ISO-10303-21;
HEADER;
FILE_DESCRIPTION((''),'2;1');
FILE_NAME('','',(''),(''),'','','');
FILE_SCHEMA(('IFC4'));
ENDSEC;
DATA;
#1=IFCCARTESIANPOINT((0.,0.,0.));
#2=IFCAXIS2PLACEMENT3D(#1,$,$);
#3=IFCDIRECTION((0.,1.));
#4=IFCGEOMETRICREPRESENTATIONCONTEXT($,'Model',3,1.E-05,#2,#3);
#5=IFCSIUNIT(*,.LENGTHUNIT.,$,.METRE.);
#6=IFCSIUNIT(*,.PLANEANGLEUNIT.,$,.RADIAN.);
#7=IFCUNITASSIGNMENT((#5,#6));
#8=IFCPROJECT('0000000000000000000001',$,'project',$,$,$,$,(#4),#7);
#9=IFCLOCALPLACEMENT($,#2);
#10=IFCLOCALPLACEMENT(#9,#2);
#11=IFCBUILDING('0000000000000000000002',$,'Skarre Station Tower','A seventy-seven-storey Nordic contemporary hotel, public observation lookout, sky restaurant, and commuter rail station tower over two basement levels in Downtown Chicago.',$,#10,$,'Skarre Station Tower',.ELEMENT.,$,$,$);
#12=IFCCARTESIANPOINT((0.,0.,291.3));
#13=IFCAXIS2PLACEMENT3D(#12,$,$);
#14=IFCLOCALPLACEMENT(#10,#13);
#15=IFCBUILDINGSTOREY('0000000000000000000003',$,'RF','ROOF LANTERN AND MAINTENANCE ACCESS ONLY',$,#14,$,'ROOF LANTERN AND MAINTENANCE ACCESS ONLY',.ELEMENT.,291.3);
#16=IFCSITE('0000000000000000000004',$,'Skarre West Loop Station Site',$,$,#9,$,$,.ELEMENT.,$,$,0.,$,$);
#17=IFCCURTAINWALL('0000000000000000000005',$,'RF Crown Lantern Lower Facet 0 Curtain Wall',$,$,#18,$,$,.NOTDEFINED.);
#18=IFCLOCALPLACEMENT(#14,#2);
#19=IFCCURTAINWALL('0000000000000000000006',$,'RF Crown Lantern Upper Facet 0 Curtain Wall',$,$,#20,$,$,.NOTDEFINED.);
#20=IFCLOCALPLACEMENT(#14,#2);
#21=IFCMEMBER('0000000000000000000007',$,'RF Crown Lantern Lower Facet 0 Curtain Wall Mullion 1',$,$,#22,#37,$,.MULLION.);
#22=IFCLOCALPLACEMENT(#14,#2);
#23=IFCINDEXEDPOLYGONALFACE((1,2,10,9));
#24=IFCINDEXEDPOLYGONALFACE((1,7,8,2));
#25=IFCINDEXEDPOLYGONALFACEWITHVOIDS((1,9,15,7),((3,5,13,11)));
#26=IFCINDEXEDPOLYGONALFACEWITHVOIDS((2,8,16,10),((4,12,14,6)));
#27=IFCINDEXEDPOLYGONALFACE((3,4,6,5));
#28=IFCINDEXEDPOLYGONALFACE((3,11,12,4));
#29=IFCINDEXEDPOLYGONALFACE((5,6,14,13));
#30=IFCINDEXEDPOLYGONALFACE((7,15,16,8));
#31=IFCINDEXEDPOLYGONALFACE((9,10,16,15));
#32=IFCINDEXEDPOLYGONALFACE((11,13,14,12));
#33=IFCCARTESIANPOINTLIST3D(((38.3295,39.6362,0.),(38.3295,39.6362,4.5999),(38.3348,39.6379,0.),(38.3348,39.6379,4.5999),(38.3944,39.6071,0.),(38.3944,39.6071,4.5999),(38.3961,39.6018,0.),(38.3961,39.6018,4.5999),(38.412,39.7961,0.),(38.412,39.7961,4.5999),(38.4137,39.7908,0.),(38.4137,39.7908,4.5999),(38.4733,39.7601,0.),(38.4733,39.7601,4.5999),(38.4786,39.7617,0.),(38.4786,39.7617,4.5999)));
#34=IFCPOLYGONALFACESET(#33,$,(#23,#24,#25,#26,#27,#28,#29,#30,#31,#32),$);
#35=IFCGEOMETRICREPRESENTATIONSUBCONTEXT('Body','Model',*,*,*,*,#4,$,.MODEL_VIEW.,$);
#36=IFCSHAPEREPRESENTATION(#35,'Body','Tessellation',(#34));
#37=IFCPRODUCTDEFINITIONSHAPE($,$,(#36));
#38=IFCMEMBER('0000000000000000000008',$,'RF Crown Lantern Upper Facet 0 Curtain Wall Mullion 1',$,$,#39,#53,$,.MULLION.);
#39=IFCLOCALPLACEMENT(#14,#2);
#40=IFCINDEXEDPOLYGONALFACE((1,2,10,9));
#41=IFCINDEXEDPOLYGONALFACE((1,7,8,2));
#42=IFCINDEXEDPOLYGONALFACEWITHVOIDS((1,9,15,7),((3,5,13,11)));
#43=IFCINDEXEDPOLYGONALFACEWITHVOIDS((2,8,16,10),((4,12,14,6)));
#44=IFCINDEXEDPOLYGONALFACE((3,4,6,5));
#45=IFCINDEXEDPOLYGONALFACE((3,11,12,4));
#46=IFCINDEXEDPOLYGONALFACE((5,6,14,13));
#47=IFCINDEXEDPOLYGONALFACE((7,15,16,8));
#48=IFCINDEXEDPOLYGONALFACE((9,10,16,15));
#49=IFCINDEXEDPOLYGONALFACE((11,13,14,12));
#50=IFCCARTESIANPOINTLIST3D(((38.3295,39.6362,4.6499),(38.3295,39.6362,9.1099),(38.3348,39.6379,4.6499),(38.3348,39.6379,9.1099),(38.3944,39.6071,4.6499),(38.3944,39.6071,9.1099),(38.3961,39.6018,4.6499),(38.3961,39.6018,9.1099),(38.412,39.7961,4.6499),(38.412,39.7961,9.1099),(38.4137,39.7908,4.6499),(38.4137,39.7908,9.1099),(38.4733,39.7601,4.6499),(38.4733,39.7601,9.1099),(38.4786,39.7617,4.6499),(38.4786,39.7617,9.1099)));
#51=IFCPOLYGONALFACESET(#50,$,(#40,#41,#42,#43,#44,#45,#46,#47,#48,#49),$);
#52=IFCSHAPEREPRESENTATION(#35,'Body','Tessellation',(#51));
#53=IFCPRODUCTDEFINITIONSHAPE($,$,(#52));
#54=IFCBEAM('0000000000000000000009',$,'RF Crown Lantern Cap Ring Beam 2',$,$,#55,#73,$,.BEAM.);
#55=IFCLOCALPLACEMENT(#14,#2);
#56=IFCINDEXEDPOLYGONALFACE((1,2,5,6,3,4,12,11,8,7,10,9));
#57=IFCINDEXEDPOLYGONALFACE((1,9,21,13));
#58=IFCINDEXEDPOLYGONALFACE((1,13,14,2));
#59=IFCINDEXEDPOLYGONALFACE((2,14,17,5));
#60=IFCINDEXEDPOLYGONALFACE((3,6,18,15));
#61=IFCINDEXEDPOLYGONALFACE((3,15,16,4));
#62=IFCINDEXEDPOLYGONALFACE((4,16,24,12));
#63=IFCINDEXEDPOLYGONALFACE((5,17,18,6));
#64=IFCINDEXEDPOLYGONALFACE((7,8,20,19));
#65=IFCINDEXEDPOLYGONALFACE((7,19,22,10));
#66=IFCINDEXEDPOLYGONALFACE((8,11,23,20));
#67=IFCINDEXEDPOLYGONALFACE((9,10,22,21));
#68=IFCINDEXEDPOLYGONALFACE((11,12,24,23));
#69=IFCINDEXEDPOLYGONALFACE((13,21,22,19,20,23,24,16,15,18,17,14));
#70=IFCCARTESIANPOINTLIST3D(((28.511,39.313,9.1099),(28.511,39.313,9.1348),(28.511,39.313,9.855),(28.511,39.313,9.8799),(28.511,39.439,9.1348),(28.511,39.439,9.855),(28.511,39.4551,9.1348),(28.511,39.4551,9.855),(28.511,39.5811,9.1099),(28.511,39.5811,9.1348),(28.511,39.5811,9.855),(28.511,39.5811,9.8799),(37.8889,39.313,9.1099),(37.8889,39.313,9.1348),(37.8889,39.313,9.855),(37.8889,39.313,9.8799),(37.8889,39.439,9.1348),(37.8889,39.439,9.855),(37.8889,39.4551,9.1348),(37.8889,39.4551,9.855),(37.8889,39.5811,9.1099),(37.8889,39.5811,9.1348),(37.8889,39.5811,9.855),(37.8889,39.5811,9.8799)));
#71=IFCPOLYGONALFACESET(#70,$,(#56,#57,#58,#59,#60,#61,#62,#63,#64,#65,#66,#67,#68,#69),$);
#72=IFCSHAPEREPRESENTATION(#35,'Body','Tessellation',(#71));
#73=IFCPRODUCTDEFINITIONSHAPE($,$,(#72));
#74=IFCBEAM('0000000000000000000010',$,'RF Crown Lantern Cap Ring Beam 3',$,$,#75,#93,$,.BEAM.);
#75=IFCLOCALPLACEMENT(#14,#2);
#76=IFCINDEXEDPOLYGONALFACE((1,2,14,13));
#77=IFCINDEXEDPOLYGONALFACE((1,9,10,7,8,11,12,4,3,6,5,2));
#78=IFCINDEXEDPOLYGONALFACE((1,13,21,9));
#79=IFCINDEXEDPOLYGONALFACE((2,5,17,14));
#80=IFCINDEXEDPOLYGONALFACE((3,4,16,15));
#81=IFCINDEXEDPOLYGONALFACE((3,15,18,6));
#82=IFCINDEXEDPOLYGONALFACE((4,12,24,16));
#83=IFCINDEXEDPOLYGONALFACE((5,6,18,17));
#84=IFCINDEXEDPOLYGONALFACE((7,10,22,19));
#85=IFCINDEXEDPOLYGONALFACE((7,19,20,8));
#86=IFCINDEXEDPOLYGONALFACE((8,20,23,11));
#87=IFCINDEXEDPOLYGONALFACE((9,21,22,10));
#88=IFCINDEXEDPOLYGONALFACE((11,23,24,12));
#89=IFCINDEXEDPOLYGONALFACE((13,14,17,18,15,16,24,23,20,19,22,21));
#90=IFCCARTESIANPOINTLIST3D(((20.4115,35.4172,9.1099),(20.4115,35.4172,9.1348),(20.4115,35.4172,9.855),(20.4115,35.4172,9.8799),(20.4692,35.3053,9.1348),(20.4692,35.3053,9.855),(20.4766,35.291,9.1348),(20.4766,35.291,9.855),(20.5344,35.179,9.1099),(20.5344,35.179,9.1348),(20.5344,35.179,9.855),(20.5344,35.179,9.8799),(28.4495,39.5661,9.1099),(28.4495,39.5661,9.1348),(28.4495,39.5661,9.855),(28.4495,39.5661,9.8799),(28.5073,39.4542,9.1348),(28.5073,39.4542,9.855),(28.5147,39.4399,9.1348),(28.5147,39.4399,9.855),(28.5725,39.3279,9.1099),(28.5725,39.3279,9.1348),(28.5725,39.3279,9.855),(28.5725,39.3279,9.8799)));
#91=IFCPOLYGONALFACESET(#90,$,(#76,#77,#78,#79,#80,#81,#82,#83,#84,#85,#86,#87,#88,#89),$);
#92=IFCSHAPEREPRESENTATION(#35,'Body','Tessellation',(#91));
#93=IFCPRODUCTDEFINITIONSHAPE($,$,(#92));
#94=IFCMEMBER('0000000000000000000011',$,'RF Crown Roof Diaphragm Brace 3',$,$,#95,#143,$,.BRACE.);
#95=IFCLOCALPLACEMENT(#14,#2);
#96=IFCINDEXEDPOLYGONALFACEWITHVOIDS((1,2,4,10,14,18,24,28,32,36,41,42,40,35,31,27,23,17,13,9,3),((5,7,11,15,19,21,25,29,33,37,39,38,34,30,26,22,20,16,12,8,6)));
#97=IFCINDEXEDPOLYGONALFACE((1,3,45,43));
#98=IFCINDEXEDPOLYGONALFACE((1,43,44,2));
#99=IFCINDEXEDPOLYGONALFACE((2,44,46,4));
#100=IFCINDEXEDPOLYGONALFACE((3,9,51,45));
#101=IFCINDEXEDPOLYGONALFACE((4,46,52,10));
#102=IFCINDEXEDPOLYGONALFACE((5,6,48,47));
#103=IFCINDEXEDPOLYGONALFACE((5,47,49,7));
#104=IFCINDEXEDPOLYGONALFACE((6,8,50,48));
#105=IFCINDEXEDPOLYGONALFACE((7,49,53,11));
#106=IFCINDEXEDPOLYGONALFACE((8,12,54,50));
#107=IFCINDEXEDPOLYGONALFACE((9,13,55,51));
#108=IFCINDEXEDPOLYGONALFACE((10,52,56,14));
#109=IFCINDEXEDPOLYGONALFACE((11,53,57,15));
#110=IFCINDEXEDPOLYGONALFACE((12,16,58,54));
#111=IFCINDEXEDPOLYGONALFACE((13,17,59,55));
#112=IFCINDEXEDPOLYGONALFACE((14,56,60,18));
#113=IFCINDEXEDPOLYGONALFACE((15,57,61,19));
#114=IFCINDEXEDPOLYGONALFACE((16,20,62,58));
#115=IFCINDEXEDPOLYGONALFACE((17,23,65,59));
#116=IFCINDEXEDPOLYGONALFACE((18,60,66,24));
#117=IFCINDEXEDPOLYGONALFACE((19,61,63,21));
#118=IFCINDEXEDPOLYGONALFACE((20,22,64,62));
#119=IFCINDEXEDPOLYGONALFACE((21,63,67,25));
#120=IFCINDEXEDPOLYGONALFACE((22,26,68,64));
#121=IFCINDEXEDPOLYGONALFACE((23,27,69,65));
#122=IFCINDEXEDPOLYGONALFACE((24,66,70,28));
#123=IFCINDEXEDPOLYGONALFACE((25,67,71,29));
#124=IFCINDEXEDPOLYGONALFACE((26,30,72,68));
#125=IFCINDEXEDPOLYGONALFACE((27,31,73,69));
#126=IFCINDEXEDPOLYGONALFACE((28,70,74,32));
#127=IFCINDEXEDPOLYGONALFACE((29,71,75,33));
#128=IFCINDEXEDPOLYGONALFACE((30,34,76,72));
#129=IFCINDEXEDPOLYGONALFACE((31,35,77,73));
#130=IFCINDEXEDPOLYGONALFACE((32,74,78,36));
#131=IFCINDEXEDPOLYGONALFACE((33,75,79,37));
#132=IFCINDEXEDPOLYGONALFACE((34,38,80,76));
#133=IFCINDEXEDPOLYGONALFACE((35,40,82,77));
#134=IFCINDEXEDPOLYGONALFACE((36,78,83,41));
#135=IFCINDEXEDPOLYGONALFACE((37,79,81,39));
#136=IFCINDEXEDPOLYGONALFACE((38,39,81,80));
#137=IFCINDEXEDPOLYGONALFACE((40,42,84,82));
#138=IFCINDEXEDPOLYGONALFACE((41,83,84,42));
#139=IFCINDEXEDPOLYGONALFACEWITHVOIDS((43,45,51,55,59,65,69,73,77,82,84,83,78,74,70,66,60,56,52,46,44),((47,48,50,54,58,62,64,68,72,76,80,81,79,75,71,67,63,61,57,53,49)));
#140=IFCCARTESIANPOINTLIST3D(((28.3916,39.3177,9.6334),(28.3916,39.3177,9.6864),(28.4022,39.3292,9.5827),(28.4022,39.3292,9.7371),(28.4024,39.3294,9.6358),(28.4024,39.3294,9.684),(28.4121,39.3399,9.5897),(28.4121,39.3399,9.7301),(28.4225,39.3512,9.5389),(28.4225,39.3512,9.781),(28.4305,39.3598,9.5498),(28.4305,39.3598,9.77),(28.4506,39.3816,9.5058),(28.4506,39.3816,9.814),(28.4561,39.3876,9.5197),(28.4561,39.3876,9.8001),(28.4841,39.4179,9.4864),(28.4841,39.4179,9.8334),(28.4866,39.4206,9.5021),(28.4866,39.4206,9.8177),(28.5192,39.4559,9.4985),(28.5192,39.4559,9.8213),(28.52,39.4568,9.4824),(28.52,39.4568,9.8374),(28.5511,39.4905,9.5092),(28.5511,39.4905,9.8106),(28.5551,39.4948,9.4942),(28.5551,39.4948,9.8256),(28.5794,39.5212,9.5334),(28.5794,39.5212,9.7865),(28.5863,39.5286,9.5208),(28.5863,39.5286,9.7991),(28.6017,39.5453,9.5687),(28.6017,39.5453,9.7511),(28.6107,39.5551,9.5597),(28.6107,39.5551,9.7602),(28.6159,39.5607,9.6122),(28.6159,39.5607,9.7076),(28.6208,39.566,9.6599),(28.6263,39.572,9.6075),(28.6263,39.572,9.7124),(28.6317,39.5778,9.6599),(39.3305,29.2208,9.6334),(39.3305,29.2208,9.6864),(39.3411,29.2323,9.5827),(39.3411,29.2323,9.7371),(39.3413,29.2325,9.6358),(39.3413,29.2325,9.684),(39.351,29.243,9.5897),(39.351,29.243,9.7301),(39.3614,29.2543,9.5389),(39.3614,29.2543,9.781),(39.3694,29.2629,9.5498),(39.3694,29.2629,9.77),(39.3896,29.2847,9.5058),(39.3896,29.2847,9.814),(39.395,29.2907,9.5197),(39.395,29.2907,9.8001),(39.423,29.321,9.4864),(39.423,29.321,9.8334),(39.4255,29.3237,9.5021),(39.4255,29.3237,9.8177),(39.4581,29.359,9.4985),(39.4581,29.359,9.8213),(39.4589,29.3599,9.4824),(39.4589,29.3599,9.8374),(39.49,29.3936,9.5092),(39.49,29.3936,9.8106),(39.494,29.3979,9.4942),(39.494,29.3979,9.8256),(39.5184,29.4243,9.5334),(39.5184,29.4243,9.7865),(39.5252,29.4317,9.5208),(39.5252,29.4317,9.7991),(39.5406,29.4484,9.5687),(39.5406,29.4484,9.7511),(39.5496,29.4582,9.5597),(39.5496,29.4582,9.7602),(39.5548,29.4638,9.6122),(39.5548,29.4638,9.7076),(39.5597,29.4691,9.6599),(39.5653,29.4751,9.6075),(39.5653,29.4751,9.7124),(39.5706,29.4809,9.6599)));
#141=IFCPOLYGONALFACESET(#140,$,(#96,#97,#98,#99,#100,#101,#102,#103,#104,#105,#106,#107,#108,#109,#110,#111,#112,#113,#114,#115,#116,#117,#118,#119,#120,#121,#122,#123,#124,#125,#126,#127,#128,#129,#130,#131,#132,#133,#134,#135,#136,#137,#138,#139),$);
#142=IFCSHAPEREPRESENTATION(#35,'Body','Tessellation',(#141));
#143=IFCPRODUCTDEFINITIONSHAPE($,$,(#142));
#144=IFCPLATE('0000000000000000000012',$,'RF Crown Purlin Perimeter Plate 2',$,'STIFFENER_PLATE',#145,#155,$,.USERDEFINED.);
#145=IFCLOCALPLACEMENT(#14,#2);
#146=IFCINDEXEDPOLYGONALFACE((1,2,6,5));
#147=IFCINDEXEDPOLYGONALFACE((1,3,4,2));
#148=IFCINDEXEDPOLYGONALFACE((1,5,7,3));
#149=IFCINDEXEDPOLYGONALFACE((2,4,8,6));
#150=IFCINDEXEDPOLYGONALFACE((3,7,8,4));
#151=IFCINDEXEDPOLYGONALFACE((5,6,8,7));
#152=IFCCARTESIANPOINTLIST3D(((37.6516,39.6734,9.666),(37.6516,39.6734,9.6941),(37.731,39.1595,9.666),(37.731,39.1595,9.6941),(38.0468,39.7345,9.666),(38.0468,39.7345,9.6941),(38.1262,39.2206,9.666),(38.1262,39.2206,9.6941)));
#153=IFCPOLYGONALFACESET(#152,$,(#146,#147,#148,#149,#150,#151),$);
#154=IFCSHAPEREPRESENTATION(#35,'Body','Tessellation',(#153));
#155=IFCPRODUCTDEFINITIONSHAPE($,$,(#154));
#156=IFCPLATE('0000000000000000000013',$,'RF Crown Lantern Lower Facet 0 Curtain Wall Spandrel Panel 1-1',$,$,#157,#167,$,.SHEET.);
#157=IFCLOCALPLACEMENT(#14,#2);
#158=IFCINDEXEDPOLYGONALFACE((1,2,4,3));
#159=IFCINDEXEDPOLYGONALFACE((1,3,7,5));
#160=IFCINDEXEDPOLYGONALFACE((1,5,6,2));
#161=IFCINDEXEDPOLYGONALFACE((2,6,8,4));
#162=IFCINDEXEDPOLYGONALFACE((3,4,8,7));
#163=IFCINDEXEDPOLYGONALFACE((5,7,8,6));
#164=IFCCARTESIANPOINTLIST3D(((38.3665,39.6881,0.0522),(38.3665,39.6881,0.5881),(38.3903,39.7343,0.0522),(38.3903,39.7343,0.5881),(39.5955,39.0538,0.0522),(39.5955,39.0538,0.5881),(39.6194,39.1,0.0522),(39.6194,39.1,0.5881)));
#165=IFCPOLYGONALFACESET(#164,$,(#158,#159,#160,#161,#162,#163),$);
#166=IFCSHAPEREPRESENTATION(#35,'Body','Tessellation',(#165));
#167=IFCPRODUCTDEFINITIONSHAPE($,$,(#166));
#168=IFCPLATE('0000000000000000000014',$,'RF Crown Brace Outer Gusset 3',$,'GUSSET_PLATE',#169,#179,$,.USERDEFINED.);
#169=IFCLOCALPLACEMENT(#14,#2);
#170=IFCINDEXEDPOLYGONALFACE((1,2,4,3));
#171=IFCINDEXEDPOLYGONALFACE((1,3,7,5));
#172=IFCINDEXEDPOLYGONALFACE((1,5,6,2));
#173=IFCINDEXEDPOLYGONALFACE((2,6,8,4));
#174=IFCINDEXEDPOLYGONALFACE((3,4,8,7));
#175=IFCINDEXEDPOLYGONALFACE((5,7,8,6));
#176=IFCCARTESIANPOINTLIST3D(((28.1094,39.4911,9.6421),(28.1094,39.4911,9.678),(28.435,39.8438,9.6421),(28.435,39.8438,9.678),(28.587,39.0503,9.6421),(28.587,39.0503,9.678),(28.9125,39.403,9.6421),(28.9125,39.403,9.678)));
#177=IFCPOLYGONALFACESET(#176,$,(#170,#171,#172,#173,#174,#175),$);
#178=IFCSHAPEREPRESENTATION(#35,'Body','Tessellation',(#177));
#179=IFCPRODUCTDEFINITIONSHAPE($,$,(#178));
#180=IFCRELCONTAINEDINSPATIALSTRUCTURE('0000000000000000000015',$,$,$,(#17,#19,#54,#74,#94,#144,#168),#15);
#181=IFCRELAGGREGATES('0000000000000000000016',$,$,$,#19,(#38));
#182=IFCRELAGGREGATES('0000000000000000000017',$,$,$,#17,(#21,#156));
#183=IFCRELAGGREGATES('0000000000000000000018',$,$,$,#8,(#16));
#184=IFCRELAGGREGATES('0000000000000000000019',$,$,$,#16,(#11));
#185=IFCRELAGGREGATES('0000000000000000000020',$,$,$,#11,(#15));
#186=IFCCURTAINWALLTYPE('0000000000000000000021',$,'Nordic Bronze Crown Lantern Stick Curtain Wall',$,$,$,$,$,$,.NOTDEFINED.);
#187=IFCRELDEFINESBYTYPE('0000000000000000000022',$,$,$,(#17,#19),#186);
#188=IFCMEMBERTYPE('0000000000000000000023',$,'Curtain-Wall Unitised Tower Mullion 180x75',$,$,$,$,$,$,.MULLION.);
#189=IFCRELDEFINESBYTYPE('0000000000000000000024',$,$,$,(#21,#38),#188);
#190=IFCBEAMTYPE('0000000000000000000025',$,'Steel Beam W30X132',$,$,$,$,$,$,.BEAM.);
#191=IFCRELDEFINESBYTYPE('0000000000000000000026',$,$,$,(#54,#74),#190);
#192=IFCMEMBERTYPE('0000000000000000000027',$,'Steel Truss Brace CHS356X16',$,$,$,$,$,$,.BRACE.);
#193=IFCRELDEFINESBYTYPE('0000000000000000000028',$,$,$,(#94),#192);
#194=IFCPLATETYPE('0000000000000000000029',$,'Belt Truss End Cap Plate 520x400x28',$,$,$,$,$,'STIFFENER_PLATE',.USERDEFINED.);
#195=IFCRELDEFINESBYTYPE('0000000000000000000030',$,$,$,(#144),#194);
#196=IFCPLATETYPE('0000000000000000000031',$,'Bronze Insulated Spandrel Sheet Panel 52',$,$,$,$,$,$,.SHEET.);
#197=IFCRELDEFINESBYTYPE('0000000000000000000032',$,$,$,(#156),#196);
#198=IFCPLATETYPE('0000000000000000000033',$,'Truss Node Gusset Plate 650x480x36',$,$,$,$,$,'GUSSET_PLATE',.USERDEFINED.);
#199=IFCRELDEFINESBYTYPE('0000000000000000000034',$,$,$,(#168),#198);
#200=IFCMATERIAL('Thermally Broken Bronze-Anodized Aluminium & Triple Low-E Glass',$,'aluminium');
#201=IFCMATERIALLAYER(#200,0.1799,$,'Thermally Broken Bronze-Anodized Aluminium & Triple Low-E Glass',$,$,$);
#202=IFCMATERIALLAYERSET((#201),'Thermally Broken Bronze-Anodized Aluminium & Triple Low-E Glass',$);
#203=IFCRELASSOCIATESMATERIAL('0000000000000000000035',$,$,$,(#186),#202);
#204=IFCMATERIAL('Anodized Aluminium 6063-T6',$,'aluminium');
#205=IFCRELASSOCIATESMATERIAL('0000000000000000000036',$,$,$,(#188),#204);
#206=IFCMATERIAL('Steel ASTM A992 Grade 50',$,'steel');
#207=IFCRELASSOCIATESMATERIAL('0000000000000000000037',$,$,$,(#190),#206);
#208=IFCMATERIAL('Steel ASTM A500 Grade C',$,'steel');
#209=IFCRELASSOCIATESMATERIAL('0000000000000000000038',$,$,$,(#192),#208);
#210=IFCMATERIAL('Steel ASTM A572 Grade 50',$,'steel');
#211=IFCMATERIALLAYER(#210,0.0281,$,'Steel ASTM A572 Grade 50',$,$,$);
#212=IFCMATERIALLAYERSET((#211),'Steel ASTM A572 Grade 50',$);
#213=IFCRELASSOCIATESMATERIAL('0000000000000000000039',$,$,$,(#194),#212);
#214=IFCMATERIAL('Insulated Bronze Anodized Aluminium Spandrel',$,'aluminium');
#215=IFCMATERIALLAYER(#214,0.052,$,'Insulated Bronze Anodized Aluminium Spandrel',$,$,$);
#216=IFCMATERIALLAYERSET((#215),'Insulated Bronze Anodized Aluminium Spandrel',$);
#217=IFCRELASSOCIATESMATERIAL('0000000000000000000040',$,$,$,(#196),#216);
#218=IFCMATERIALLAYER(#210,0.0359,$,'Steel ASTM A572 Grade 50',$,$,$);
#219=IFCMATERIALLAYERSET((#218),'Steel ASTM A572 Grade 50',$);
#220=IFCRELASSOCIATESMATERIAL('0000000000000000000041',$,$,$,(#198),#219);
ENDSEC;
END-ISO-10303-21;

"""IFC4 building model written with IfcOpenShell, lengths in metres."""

from ifc_helpers import new_model, si_unit, direction, frame, origin, origin_2d, place, context, subcontext, project, spatial, rectangle, hollow_rectangle, hollow_circle, i_section, extrude, material, layer, layer_set, material_profile, profile_set, type_object, element, aggregate, save


model = new_model("IFC4")

# Units and contexts
model_context = context("Model", 3, precision=1e-05, world=origin(), true_north=direction((0.0, 1.0)))
body_context = subcontext(model_context, "Body", "Model", "MODEL_VIEW")
ifc_project = project(units=[si_unit("LENGTHUNIT", "METRE"), si_unit("PLANEANGLEUNIT", "RADIAN")], contexts=[model_context])

# Site, building, storey
site_placement = place(None, origin())
site = spatial("IfcSite", under=ifc_project, at=site_placement, Name="Skarre West Loop Station Site", CompositionType="ELEMENT", RefElevation=0.0)
building_placement = place(site_placement, origin())
building = spatial("IfcBuilding", under=site, at=building_placement, Name="Skarre Station Tower", Description="A seventy-seven-storey Nordic contemporary hotel, public observation lookout, sky restaurant, and commuter rail station tower over two basement levels in Downtown Chicago.", LongName="Skarre Station Tower", CompositionType="ELEMENT")
storey_placement = place(building_placement, frame((0.0, 0.0, 291.3)))
storey = spatial("IfcBuildingStorey", under=building, at=storey_placement, Name="RF", Description="ROOF LANTERN AND MAINTENANCE ACCESS ONLY", LongName="ROOF LANTERN AND MAINTENANCE ACCESS ONLY", CompositionType="ELEMENT", Elevation=291.3)

# Curtain walls
ifc_material_1 = material(Name="Thermally Broken Bronze-Anodized Aluminium & Triple Low-E Glass", Category="aluminium")
ifc_layer_1 = layer(ifc_material_1, 0.1799, Name="Thermally Broken Bronze-Anodized Aluminium & Triple Low-E Glass")
ifc_layer_set_1 = layer_set([ifc_layer_1], Name="Thermally Broken Bronze-Anodized Aluminium & Triple Low-E Glass")
curtain_wall_type = type_object("IfcCurtainWallType", Name="Nordic Bronze Crown Lantern Stick Curtain Wall", PredefinedType="NOTDEFINED", material=ifc_layer_set_1)
curtain_wall_1_placement = place(storey_placement, origin())
curtain_wall_1 = element("IfcCurtainWall", 1, at=curtain_wall_1_placement, inside=storey, type_object=curtain_wall_type, Name="RF Crown Lantern Lower Facet 0 Curtain Wall", PredefinedType="NOTDEFINED")
ifc_material_2 = material(Name="Anodized Aluminium 6063-T6", Category="aluminium")
curtain_wall_2_placement = place(storey_placement, origin())
curtain_wall_2 = element("IfcCurtainWall", 2, at=curtain_wall_2_placement, inside=storey, type_object=curtain_wall_type, Name="RF Crown Lantern Upper Facet 0 Curtain Wall", PredefinedType="NOTDEFINED")

# Members
ifc_material_profile_1 = material_profile(ifc_material_2, hollow_rectangle(XDim=0.075, YDim=0.1799, WallThickness=0.0039, at=origin_2d()), Name="Anodized Aluminium 6063-T6")
ifc_profile_set_1 = profile_set([ifc_material_profile_1], Name="Anodized Aluminium 6063-T6")
member_type_1 = type_object("IfcMemberType", Name="Curtain-Wall Unitised Tower Mullion 180x75", PredefinedType="MULLION", material=ifc_profile_set_1)
member_1_placement = place(storey_placement, frame((38.4041, 39.699, 0.0), z_axis=(0.0, 0.0, 1.0), x_axis=(0.888649, -0.458588, 0.0)))
member_1 = element("IfcMember", 3, at=member_1_placement, type_object=member_type_1, Name="RF Crown Lantern Lower Facet 0 Curtain Wall Mullion 1", PredefinedType="MULLION", context=body_context, shape_type="SweptSolid", body=[
    extrude(hollow_rectangle(XDim=0.075, YDim=0.1799, WallThickness=0.0039, at=origin_2d()), origin(), (0.0, 0.0, 1.0), 4.5999),
])
member_2_placement = place(storey_placement, frame((38.4041, 39.699, 4.6499), z_axis=(0.0, 0.0, 1.0), x_axis=(0.888649, -0.458588, 0.0)))
member_2 = element("IfcMember", 4, at=member_2_placement, type_object=member_type_1, Name="RF Crown Lantern Upper Facet 0 Curtain Wall Mullion 1", PredefinedType="MULLION", context=body_context, shape_type="SweptSolid", body=[
    extrude(hollow_rectangle(XDim=0.075, YDim=0.1799, WallThickness=0.0039, at=origin_2d()), origin(), (0.0, 0.0, 1.0), 4.46),
])
aggregate(curtain_wall_2, [member_2])

# Beams
ifc_material_3 = material(Name="Steel ASTM A992 Grade 50", Category="steel")
ifc_material_profile_2 = material_profile(ifc_material_3, i_section(OverallWidth=0.2681, OverallDepth=0.77, WebThickness=0.0161, FlangeThickness=0.0249, at=origin_2d()), Name="Steel ASTM A992 Grade 50")
ifc_profile_set_2 = profile_set([ifc_material_profile_2], Name="Steel ASTM A992 Grade 50")
beam_type = type_object("IfcBeamType", Name="Steel Beam W30X132", PredefinedType="BEAM", material=ifc_profile_set_2)
beam_1_placement = place(storey_placement, frame((37.8889, 39.447, 9.4949), z_axis=(-1.0, 0.0, 0.0), x_axis=(0.0, -1.0, 0.0)))
element("IfcBeam", 5, at=beam_1_placement, inside=storey, type_object=beam_type, Name="RF Crown Lantern Cap Ring Beam 2", PredefinedType="BEAM", context=body_context, shape_type="SweptSolid", body=[
    extrude(i_section(OverallWidth=0.2681, OverallDepth=0.77, WebThickness=0.0161, FlangeThickness=0.0249, at=origin_2d()), origin(), (0.0, 0.0, 1.0), 9.3779),
])
beam_2_placement = place(storey_placement, frame((28.511, 39.447, 9.4949), z_axis=(-0.88861, -0.458664, 0.0), x_axis=(0.458664, -0.88861, 0.0)))
element("IfcBeam", 6, at=beam_2_placement, inside=storey, type_object=beam_type, Name="RF Crown Lantern Cap Ring Beam 3", PredefinedType="BEAM", context=body_context, shape_type="SweptSolid", body=[
    extrude(i_section(OverallWidth=0.2681, OverallDepth=0.77, WebThickness=0.0161, FlangeThickness=0.0249, at=origin_2d()), origin(), (0.0, 0.0, 1.0), 9.0457),
])

# Member
ifc_material_4 = material(Name="Steel ASTM A500 Grade C", Category="steel")
ifc_material_profile_3 = material_profile(ifc_material_4, hollow_circle(Radius=0.178, WallThickness=0.0161, at=origin_2d()), Name="Steel ASTM A500 Grade C")
ifc_profile_set_3 = profile_set([ifc_material_profile_3], Name="Steel ASTM A500 Grade C")
member_type_2 = type_object("IfcMemberType", Name="Steel Truss Brace CHS356X16", PredefinedType="BRACE", material=ifc_profile_set_3)
member_3_placement = place(storey_placement, frame((28.511, 39.447, 9.6599), z_axis=(0.734823, -0.678259, 0.0), x_axis=(0.678259, 0.734823, 0.0)))
element("IfcMember", 7, at=member_3_placement, inside=storey, type_object=member_type_2, Name="RF Crown Roof Diaphragm Brace 3", PredefinedType="BRACE", context=body_context, shape_type="SweptSolid", body=[
    extrude(hollow_circle(Radius=0.178, WallThickness=0.0161, at=origin_2d()), origin(), (0.0, 0.0, 1.0), 14.8865),
])

# Plates
ifc_material_5 = material(Name="Steel ASTM A572 Grade 50", Category="steel")
ifc_layer_2 = layer(ifc_material_5, 0.0281, Name="Steel ASTM A572 Grade 50")
ifc_layer_set_2 = layer_set([ifc_layer_2], Name="Steel ASTM A572 Grade 50")
plate_type_1 = type_object("IfcPlateType", Name="Belt Truss End Cap Plate 520x400x28", ElementType="STIFFENER_PLATE", PredefinedType="USERDEFINED", material=ifc_layer_set_2)
plate_1_placement = place(storey_placement, frame((37.8889, 39.447, 9.666), z_axis=(0.0, 0.0, 1.0), x_axis=(-0.152779, 0.98826, 0.0)))
element("IfcPlate", 8, at=plate_1_placement, inside=storey, type_object=plate_type_1, Name="RF Crown Purlin Perimeter Plate 2", ObjectType="STIFFENER_PLATE", PredefinedType="USERDEFINED", context=body_context, shape_type="SweptSolid", body=[
    extrude(rectangle(XDim=0.52, YDim=0.3999, at=origin_2d()), origin(), (0.0, 0.0, 1.0), 0.0281),
])
ifc_material_6 = material(Name="Insulated Bronze Anodized Aluminium Spandrel", Category="aluminium")
ifc_layer_3 = layer(ifc_material_6, 0.052, Name="Insulated Bronze Anodized Aluminium Spandrel")
ifc_layer_set_3 = layer_set([ifc_layer_3], Name="Insulated Bronze Anodized Aluminium Spandrel")
plate_type_2 = type_object("IfcPlateType", Name="Bronze Insulated Spandrel Sheet Panel 52", PredefinedType="SHEET", material=ifc_layer_set_3)
plate_2_placement = place(storey_placement, frame((38.9929, 39.394, 0.0522), z_axis=(0.0, 0.0, 1.0), x_axis=(0.888649, -0.458588, 0.0)))
plate_2 = element("IfcPlate", 9, at=plate_2_placement, type_object=plate_type_2, Name="RF Crown Lantern Lower Facet 0 Curtain Wall Spandrel Panel 1-1", PredefinedType="SHEET", context=body_context, shape_type="SweptSolid", body=[
    extrude(rectangle(XDim=1.3831, YDim=0.052, at=origin_2d()), origin(), (0.0, 0.0, 1.0), 0.5359),
])
aggregate(curtain_wall_1, [member_1, plate_2])
ifc_layer_4 = layer(ifc_material_5, 0.0359, Name="Steel ASTM A572 Grade 50")
ifc_layer_set_4 = layer_set([ifc_layer_4], Name="Steel ASTM A572 Grade 50")
plate_type_3 = type_object("IfcPlateType", Name="Truss Node Gusset Plate 650x480x36", ElementType="GUSSET_PLATE", PredefinedType="USERDEFINED", material=ifc_layer_set_4)
plate_3_placement = place(storey_placement, frame((28.511, 39.447, 9.6421), z_axis=(0.0, 0.0, 1.0), x_axis=(0.73482, -0.678262, 0.0)))
element("IfcPlate", 10, at=plate_3_placement, inside=storey, type_object=plate_type_3, Name="RF Crown Brace Outer Gusset 3", ObjectType="GUSSET_PLATE", PredefinedType="USERDEFINED", context=body_context, shape_type="SweptSolid", body=[
    extrude(rectangle(XDim=0.6499, YDim=0.48, at=origin_2d()), origin(), (0.0, 0.0, 1.0), 0.0359),
])

save(model, "model.ifc")
